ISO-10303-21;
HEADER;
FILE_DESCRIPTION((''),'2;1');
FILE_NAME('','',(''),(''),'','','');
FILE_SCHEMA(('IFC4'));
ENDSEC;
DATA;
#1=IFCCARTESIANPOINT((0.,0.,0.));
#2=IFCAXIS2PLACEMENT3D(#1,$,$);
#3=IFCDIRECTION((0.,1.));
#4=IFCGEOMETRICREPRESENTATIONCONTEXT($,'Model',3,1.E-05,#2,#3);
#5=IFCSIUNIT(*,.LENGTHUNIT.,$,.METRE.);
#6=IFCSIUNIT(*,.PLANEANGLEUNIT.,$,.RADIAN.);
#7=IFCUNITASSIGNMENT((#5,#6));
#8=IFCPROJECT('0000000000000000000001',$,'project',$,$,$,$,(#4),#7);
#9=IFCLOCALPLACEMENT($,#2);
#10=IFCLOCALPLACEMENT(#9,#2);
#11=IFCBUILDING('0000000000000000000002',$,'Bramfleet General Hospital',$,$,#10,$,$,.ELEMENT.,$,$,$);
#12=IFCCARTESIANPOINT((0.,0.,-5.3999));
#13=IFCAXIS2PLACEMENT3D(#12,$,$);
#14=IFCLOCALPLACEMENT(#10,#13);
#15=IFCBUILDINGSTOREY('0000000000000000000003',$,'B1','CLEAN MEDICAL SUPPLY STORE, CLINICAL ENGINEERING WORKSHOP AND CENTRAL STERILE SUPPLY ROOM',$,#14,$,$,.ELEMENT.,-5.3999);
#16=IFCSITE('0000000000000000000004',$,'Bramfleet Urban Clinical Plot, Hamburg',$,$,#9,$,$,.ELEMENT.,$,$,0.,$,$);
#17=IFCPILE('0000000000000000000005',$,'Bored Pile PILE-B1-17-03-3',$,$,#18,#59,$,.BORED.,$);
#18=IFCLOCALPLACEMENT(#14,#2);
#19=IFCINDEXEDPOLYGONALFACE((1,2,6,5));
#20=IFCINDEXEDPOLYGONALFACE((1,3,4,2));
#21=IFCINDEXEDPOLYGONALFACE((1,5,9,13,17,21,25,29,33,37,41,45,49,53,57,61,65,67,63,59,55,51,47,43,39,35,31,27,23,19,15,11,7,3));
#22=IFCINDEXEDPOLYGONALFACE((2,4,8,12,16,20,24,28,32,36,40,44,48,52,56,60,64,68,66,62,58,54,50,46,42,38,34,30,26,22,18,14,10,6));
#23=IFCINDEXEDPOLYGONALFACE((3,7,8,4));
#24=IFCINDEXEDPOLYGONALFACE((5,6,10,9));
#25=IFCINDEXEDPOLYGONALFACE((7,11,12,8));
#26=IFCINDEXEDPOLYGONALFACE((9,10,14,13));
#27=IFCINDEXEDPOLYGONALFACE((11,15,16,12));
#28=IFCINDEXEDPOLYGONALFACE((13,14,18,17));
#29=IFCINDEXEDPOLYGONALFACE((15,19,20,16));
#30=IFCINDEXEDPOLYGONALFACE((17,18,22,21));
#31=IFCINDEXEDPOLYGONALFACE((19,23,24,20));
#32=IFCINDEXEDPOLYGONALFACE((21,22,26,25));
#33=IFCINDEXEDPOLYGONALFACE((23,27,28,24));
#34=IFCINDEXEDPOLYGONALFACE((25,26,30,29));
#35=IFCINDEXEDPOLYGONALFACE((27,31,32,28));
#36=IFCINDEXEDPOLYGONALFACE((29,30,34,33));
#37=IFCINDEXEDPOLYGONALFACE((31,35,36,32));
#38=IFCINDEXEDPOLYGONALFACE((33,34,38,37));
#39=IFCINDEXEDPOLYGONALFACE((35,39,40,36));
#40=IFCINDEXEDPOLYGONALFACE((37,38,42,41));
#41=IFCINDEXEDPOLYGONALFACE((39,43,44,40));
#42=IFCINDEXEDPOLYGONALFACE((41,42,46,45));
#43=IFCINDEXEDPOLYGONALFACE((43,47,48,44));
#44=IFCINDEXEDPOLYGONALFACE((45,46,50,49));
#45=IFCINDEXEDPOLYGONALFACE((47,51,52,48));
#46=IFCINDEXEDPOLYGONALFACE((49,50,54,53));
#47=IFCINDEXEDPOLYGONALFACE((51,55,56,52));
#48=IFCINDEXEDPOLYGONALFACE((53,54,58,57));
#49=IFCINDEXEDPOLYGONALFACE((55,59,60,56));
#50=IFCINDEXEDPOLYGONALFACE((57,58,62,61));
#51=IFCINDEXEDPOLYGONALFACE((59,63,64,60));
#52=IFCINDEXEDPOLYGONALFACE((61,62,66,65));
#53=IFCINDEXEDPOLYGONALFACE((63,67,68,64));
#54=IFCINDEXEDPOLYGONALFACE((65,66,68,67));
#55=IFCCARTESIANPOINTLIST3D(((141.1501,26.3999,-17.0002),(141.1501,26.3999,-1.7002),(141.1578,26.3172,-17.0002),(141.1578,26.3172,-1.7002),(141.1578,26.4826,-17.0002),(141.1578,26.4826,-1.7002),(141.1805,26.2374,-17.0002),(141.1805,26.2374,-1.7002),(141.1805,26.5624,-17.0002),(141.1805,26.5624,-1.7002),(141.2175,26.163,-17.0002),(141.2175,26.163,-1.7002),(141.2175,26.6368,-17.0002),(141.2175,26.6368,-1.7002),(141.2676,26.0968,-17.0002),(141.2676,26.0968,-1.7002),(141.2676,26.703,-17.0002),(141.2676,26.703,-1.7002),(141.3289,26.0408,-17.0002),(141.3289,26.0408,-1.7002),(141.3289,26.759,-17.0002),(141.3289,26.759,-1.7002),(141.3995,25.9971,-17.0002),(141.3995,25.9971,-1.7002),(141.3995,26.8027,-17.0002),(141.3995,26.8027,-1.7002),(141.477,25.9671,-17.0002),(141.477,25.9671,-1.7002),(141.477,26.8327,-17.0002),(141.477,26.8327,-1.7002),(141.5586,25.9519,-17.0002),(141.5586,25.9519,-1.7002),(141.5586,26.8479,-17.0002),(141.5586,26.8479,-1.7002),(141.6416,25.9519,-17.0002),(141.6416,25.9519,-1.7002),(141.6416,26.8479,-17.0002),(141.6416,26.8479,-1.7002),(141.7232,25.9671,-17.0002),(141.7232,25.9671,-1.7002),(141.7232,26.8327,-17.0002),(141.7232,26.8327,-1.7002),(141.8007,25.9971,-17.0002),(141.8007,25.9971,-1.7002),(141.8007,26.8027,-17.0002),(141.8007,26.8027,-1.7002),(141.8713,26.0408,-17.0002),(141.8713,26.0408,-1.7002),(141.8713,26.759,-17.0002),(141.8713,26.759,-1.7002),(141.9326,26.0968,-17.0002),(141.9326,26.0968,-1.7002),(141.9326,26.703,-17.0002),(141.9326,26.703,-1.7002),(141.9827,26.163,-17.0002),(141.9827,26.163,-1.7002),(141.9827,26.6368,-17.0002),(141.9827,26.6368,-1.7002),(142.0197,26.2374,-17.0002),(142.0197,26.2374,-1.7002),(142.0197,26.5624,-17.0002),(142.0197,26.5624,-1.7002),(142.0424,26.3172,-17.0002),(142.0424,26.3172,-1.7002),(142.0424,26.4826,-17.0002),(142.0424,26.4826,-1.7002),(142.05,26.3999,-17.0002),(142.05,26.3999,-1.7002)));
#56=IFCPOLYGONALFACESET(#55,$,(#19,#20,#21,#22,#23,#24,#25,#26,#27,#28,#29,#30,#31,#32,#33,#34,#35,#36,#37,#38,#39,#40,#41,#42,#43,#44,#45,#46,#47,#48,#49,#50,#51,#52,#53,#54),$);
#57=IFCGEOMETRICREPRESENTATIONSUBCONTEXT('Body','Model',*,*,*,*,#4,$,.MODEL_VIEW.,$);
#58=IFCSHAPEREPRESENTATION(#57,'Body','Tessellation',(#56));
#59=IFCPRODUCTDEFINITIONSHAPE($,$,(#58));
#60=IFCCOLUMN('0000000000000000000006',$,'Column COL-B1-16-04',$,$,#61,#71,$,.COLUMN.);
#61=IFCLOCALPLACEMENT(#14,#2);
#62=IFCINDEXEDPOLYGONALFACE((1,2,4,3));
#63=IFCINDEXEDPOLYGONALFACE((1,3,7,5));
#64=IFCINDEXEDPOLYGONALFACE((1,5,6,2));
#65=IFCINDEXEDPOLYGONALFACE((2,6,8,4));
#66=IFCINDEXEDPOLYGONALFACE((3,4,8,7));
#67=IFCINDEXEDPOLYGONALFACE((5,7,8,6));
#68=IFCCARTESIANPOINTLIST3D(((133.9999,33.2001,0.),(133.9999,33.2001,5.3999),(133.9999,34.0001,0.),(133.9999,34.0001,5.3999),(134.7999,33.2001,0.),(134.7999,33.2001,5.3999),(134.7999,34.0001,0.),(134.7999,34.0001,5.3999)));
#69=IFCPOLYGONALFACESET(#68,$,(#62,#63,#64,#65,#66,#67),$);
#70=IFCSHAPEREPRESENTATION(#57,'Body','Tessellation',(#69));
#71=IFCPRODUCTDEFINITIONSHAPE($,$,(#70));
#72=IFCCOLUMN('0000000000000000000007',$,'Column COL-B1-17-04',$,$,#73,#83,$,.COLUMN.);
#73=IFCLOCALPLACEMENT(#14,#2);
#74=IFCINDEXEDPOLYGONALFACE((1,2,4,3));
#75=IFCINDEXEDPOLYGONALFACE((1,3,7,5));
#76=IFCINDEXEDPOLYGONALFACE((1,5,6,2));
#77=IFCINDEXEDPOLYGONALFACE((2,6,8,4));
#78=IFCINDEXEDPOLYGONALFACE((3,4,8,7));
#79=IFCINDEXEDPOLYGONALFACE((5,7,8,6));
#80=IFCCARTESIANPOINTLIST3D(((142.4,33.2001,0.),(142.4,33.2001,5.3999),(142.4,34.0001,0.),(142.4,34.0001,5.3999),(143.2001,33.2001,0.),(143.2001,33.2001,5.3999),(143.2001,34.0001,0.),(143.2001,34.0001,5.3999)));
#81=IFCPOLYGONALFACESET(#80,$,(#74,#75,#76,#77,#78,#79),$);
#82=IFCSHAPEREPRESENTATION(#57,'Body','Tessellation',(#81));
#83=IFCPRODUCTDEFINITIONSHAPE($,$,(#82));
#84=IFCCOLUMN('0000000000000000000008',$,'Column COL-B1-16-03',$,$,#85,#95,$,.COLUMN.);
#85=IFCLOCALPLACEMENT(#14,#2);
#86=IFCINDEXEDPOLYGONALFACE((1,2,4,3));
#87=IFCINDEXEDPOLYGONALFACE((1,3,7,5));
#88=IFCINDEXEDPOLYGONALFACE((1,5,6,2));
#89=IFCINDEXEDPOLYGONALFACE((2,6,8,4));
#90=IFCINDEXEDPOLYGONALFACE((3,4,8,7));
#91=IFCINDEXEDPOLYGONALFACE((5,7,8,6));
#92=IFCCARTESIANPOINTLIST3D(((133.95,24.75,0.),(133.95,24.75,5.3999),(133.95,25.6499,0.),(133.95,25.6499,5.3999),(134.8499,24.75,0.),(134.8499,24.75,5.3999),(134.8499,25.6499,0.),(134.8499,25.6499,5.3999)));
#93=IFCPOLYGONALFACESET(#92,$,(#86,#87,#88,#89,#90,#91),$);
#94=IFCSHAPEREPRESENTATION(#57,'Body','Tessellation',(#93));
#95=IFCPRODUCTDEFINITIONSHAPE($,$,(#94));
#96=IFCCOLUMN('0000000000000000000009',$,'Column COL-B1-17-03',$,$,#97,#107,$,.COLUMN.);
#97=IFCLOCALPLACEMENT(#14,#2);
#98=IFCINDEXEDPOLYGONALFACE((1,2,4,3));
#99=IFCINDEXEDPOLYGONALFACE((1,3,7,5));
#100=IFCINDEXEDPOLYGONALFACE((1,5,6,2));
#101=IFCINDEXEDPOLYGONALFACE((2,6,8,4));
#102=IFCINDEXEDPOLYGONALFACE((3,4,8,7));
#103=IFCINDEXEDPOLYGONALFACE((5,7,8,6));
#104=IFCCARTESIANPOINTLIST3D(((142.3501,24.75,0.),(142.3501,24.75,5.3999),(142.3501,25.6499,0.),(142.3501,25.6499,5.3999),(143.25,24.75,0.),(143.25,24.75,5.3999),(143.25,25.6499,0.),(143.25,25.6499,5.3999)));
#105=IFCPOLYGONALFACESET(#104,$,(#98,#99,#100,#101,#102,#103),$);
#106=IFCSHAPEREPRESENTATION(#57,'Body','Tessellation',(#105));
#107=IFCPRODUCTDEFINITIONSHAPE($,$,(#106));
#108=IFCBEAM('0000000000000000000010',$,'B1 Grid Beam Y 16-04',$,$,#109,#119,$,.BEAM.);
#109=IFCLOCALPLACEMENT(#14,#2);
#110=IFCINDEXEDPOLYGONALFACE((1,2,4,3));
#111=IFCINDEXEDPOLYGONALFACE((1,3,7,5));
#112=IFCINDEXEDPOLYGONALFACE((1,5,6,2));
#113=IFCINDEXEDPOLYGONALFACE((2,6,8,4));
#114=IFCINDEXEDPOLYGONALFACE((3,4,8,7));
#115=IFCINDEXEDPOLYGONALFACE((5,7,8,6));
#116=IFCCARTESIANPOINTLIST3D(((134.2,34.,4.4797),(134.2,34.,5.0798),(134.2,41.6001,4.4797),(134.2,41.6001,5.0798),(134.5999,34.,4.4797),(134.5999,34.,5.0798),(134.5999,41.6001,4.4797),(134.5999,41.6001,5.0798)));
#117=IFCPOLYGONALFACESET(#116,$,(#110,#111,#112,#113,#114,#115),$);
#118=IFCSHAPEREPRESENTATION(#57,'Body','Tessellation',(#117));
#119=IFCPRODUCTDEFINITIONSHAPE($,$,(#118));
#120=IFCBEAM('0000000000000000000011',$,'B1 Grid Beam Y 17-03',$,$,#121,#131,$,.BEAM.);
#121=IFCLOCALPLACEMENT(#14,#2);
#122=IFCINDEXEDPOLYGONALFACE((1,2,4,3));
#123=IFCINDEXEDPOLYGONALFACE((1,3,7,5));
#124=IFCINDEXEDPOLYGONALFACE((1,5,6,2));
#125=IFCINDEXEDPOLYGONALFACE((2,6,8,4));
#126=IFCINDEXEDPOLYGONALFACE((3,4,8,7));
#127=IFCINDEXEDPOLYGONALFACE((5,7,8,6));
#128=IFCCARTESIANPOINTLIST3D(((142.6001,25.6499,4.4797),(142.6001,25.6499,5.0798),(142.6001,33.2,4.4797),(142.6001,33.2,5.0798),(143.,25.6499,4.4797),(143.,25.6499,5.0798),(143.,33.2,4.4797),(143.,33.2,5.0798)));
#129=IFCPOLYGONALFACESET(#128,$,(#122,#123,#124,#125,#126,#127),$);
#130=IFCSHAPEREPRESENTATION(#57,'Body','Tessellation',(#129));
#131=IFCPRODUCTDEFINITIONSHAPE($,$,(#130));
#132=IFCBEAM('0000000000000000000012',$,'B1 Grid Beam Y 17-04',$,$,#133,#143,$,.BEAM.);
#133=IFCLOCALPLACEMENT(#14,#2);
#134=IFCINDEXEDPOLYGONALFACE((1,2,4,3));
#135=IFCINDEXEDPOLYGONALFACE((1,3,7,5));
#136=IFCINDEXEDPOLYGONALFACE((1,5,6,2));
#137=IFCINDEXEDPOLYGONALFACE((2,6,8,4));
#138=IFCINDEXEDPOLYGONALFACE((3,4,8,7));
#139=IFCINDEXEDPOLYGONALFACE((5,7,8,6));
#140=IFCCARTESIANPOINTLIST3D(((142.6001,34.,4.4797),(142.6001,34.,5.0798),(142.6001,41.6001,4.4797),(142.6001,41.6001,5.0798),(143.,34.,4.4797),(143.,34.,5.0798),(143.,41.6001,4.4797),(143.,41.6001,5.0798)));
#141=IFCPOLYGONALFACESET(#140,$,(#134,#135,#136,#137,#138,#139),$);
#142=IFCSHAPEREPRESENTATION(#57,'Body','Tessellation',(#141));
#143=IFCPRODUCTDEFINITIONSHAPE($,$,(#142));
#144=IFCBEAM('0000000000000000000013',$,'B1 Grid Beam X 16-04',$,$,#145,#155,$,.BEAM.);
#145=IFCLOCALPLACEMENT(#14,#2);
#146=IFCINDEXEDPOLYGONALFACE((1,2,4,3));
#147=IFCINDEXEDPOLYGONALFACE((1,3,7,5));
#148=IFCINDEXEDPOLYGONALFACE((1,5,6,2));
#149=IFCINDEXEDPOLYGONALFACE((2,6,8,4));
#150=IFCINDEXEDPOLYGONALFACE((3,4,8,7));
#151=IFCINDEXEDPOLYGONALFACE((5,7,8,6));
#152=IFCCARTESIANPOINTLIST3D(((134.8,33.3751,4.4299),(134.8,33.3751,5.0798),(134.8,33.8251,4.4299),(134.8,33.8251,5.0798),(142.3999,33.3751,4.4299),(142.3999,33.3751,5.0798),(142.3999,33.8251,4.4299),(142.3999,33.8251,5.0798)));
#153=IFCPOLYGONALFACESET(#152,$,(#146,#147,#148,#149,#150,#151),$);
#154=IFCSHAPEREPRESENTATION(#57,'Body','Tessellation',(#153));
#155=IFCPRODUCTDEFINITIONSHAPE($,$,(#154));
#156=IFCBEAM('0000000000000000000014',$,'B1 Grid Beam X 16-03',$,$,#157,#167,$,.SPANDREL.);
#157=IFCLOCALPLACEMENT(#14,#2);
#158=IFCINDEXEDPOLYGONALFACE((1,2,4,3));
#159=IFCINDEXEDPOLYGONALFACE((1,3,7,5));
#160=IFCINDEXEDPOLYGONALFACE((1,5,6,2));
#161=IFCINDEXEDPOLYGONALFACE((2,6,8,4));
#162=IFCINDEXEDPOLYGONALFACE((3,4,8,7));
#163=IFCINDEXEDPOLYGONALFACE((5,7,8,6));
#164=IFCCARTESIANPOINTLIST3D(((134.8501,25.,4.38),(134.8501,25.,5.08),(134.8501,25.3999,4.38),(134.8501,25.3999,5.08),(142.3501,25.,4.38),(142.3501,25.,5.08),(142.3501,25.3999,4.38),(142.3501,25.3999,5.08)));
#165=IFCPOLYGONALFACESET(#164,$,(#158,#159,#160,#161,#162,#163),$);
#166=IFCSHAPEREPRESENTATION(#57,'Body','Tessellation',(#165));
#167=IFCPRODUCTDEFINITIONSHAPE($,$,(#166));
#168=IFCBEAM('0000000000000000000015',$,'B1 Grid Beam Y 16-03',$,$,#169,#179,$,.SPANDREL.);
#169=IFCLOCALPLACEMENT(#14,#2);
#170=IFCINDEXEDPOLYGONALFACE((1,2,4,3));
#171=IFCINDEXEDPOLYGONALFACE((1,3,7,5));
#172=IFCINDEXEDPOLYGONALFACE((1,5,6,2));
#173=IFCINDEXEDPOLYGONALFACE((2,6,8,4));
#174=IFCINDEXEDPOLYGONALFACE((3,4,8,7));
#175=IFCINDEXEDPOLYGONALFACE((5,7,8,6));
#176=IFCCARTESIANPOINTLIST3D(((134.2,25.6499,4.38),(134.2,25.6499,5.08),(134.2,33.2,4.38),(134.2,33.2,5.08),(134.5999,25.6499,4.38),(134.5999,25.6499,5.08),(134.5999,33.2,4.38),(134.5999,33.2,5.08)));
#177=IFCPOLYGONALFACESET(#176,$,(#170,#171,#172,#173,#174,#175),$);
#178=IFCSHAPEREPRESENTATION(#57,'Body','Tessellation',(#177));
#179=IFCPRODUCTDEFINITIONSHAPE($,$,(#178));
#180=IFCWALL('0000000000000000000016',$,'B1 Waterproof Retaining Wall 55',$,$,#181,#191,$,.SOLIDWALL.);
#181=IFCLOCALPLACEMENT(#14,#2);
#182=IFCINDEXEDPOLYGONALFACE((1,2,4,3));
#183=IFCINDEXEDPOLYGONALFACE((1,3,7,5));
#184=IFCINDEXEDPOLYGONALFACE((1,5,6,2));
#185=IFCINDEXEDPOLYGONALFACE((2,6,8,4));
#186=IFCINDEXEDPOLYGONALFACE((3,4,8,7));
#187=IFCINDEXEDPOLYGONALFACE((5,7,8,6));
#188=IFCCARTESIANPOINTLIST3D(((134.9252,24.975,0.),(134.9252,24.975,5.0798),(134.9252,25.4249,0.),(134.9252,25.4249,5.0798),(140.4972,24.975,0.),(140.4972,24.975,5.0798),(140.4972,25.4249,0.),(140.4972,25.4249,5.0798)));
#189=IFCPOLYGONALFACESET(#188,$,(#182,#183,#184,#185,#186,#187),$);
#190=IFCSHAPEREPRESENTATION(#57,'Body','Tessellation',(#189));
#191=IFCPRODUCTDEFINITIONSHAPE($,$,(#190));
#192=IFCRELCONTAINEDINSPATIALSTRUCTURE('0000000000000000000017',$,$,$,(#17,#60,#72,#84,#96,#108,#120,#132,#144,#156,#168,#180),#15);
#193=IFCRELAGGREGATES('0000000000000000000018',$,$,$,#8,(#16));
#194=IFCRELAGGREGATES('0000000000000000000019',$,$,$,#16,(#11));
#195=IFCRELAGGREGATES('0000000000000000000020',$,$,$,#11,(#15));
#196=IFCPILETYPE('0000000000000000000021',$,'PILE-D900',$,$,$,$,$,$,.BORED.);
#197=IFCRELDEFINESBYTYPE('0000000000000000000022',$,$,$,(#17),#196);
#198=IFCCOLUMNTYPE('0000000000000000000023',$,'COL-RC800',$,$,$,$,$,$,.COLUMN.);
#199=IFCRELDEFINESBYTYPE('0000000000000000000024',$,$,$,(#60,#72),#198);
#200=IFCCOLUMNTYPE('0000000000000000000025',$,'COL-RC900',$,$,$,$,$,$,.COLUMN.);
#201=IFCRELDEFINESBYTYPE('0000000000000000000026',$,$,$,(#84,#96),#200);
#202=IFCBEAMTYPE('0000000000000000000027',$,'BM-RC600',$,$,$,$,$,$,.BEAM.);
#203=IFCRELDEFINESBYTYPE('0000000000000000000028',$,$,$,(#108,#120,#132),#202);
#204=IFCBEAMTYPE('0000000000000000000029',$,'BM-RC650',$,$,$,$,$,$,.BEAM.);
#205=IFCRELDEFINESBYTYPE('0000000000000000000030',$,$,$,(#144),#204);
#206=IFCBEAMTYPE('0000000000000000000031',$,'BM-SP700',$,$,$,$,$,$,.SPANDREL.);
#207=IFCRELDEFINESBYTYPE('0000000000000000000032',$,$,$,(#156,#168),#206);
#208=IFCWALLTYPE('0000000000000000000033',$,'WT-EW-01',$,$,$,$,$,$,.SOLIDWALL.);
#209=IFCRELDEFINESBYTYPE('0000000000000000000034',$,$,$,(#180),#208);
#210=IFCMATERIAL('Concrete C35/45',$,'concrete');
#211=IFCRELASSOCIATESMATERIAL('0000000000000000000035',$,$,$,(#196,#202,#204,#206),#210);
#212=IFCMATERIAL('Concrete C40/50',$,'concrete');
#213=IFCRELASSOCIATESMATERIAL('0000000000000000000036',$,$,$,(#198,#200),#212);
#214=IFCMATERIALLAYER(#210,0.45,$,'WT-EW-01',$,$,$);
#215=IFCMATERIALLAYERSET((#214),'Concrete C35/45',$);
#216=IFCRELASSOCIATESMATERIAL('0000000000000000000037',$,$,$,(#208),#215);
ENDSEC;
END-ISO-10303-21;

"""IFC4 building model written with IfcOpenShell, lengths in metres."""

from ifc_helpers import new_model, si_unit, direction, frame, frame_2d, origin, origin_2d, place, context, subcontext, project, spatial, rectangle, circle, extrude, material, layer, layer_set, material_profile, profile_set, type_object, element, save


model = new_model("IFC4")

# Units and contexts
model_context = context("Model", 3, precision=1e-05, world=origin(), true_north=direction((0.0, 1.0)))
body_context = subcontext(model_context, "Body", "Model", "MODEL_VIEW")
ifc_project = project(units=[si_unit("LENGTHUNIT", "METRE"), si_unit("PLANEANGLEUNIT", "RADIAN")], contexts=[model_context])

# Site, building, storey
site_placement = place(None, origin())
site = spatial("IfcSite", under=ifc_project, at=site_placement, Name="Bramfleet Urban Clinical Plot, Hamburg", CompositionType="ELEMENT", RefElevation=0.0)
building_placement = place(site_placement, origin())
building = spatial("IfcBuilding", under=site, at=building_placement, Name="Bramfleet General Hospital", CompositionType="ELEMENT")
storey_placement = place(building_placement, frame((0.0, 0.0, -5.3999)))
storey = spatial("IfcBuildingStorey", under=building, at=storey_placement, Name="B1", Description="CLEAN MEDICAL SUPPLY STORE, CLINICAL ENGINEERING WORKSHOP AND CENTRAL STERILE SUPPLY ROOM", CompositionType="ELEMENT", Elevation=-5.3999)

# Shared definitions
ifc_material_1 = material(Name="Concrete C35/45", Category="concrete")

# Pile
ifc_material_profile_1 = material_profile(ifc_material_1, circle(Radius=0.45, at=origin_2d()), Name="PILE BORED D900")
ifc_profile_set_1 = profile_set([ifc_material_profile_1], Name="Concrete C35/45")
pile_type_1 = type_object("IfcPileType", Name="PILE-D900", PredefinedType="BORED", material=ifc_profile_set_1)
for number, where, z_axis, x_axis, name in (
    (1, (141.6001, 26.3999, -1.7002), (0.0, 0.0, -1.0), (1.0, 0.0, 0.0), "Bored Pile PILE-B1-17-03-3"),
):
    element("IfcPile", number, at=place(storey_placement, frame(where, z_axis=z_axis, x_axis=x_axis)), inside=storey, type_object=pile_type_1, Name=name, PredefinedType="BORED", context=body_context, shape_type="SweptSolid", body=[
        extrude(circle(Radius=0.45, at=origin_2d()), origin(), (0.0, 0.0, 1.0), 15.3),
    ])

# Columns
ifc_material_2 = material(Name="Concrete C40/50", Category="concrete")
ifc_material_profile_2 = material_profile(ifc_material_2, rectangle(XDim=0.8, YDim=0.8, at=origin_2d()), Name="RC COL 800x800")
ifc_profile_set_2 = profile_set([ifc_material_profile_2], Name="Concrete C40/50")
column_type_1 = type_object("IfcColumnType", Name="COL-RC800", PredefinedType="COLUMN", material=ifc_profile_set_2)
for number, where, z_axis, x_axis, name in (
    (2, (134.3999, 33.6001, 0.0), (0.0, 0.0, 1.0), (1.0, 0.0, 0.0), "Column COL-B1-16-04"),
    (3, (142.8, 33.6001, 0.0), (0.0, 0.0, 1.0), (1.0, 0.0, 0.0), "Column COL-B1-17-04"),
):
    element("IfcColumn", number, at=place(storey_placement, frame(where, z_axis=z_axis, x_axis=x_axis)), inside=storey, type_object=column_type_1, Name=name, PredefinedType="COLUMN", context=body_context, shape_type="SweptSolid", body=[
        extrude(rectangle(XDim=0.8, YDim=0.8, at=origin_2d()), origin(), (0.0, 0.0, 1.0), 5.3999),
    ])
ifc_material_profile_3 = material_profile(ifc_material_2, rectangle(XDim=0.8999, YDim=0.8999, at=origin_2d()), Name="RC COL 900x900")
ifc_profile_set_3 = profile_set([ifc_material_profile_3], Name="Concrete C40/50")
column_type_2 = type_object("IfcColumnType", Name="COL-RC900", PredefinedType="COLUMN", material=ifc_profile_set_3)
for number, where, z_axis, x_axis, name in (
    (4, (134.3999, 25.2, 0.0), (0.0, 0.0, 1.0), (1.0, 0.0, 0.0), "Column COL-B1-16-03"),
    (5, (142.8, 25.2, 0.0), (0.0, 0.0, 1.0), (1.0, 0.0, 0.0), "Column COL-B1-17-03"),
):
    element("IfcColumn", number, at=place(storey_placement, frame(where, z_axis=z_axis, x_axis=x_axis)), inside=storey, type_object=column_type_2, Name=name, PredefinedType="COLUMN", context=body_context, shape_type="SweptSolid", body=[
        extrude(rectangle(XDim=0.8999, YDim=0.8999, at=origin_2d()), origin(), (0.0, 0.0, 1.0), 5.3999),
    ])

# Beams
ifc_material_profile_4 = material_profile(ifc_material_1, rectangle(XDim=0.3999, YDim=0.6001, at=origin_2d()), Name="RC BM 600x400")
ifc_profile_set_4 = profile_set([ifc_material_profile_4], Name="Concrete C35/45")
beam_type_1 = type_object("IfcBeamType", Name="BM-RC600", PredefinedType="BEAM", material=ifc_profile_set_4)
beam_1_placement = place(storey_placement, frame((134.3999, 34.0, 4.7798), z_axis=(0.0, 1.0, 0.0), x_axis=(-1.0, 0.0, 0.0)))
element("IfcBeam", 6, at=beam_1_placement, inside=storey, type_object=beam_type_1, Name="B1 Grid Beam Y 16-04", PredefinedType="BEAM", context=body_context, shape_type="SweptSolid", body=[
    extrude(rectangle(XDim=0.3999, YDim=0.6001, at=origin_2d()), origin(), (0.0, 0.0, 1.0), 7.6001),
])
beam_2_placement = place(storey_placement, frame((142.8, 25.6499, 4.7798), z_axis=(0.0, 1.0, 0.0), x_axis=(-1.0, 0.0, 0.0)))
element("IfcBeam", 7, at=beam_2_placement, inside=storey, type_object=beam_type_1, Name="B1 Grid Beam Y 17-03", PredefinedType="BEAM", context=body_context, shape_type="SweptSolid", body=[
    extrude(rectangle(XDim=0.3999, YDim=0.6001, at=origin_2d()), origin(), (0.0, 0.0, 1.0), 7.55),
])
beam_3_placement = place(storey_placement, frame((142.8, 34.0, 4.7798), z_axis=(0.0, 1.0, 0.0), x_axis=(-1.0, 0.0, 0.0)))
element("IfcBeam", 8, at=beam_3_placement, inside=storey, type_object=beam_type_1, Name="B1 Grid Beam Y 17-04", PredefinedType="BEAM", context=body_context, shape_type="SweptSolid", body=[
    extrude(rectangle(XDim=0.3999, YDim=0.6001, at=origin_2d()), origin(), (0.0, 0.0, 1.0), 7.6001),
])
ifc_material_profile_5 = material_profile(ifc_material_1, rectangle(XDim=0.45, YDim=0.6499, at=origin_2d()), Name="RC BM 650x450")
ifc_profile_set_5 = profile_set([ifc_material_profile_5], Name="Concrete C35/45")
beam_type_2 = type_object("IfcBeamType", Name="BM-RC650", PredefinedType="BEAM", material=ifc_profile_set_5)
beam_4_placement = place(storey_placement, frame((134.8, 33.6001, 4.7549), z_axis=(1.0, 0.0, 0.0), x_axis=(0.0, 1.0, 0.0)))
element("IfcBeam", 9, at=beam_4_placement, inside=storey, type_object=beam_type_2, Name="B1 Grid Beam X 16-04", PredefinedType="BEAM", context=body_context, shape_type="SweptSolid", body=[
    extrude(rectangle(XDim=0.45, YDim=0.6499, at=origin_2d()), origin(), (0.0, 0.0, 1.0), 7.5999),
])
ifc_material_profile_6 = material_profile(ifc_material_1, rectangle(XDim=0.3999, YDim=0.7, at=origin_2d()), Name="RC SP 700x400")
ifc_profile_set_6 = profile_set([ifc_material_profile_6], Name="Concrete C35/45")
beam_type_3 = type_object("IfcBeamType", Name="BM-SP700", PredefinedType="SPANDREL", material=ifc_profile_set_6)
beam_5_placement = place(storey_placement, frame((134.8501, 25.2, 4.73), z_axis=(1.0, 0.0, 0.0), x_axis=(0.0, 1.0, 0.0)))
element("IfcBeam", 10, at=beam_5_placement, inside=storey, type_object=beam_type_3, Name="B1 Grid Beam X 16-03", PredefinedType="SPANDREL", context=body_context, shape_type="SweptSolid", body=[
    extrude(rectangle(XDim=0.3999, YDim=0.7, at=origin_2d()), origin(), (0.0, 0.0, 1.0), 7.5),
])
beam_6_placement = place(storey_placement, frame((134.3999, 25.6499, 4.73), z_axis=(0.0, 1.0, 0.0), x_axis=(-1.0, 0.0, 0.0)))
element("IfcBeam", 11, at=beam_6_placement, inside=storey, type_object=beam_type_3, Name="B1 Grid Beam Y 16-03", PredefinedType="SPANDREL", context=body_context, shape_type="SweptSolid", body=[
    extrude(rectangle(XDim=0.3999, YDim=0.7, at=origin_2d()), origin(), (0.0, 0.0, 1.0), 7.55),
])

# Wall
ifc_layer = layer(ifc_material_1, 0.45, Name="WT-EW-01")
ifc_layer_set = layer_set([ifc_layer], Name="Concrete C35/45")
wall_type = type_object("IfcWallType", Name="WT-EW-01", PredefinedType="SOLIDWALL", material=ifc_layer_set)
wall_1_placement = place(storey_placement, frame((134.925, 25.2, 0.0), z_axis=(0.0, 0.0, 1.0), x_axis=(1.0, 0.0, 0.0)))
element("IfcWall", 12, at=wall_1_placement, inside=storey, type_object=wall_type, Name="B1 Waterproof Retaining Wall 55", PredefinedType="SOLIDWALL", context=body_context, shape_type="SweptSolid", body=[
    extrude(rectangle(XDim=5.572, YDim=0.45, at=frame_2d((2.7861, 0.0))), origin(), (0.0, 0.0, 1.0), 5.0798),
])

save(model, "model.ifc")
